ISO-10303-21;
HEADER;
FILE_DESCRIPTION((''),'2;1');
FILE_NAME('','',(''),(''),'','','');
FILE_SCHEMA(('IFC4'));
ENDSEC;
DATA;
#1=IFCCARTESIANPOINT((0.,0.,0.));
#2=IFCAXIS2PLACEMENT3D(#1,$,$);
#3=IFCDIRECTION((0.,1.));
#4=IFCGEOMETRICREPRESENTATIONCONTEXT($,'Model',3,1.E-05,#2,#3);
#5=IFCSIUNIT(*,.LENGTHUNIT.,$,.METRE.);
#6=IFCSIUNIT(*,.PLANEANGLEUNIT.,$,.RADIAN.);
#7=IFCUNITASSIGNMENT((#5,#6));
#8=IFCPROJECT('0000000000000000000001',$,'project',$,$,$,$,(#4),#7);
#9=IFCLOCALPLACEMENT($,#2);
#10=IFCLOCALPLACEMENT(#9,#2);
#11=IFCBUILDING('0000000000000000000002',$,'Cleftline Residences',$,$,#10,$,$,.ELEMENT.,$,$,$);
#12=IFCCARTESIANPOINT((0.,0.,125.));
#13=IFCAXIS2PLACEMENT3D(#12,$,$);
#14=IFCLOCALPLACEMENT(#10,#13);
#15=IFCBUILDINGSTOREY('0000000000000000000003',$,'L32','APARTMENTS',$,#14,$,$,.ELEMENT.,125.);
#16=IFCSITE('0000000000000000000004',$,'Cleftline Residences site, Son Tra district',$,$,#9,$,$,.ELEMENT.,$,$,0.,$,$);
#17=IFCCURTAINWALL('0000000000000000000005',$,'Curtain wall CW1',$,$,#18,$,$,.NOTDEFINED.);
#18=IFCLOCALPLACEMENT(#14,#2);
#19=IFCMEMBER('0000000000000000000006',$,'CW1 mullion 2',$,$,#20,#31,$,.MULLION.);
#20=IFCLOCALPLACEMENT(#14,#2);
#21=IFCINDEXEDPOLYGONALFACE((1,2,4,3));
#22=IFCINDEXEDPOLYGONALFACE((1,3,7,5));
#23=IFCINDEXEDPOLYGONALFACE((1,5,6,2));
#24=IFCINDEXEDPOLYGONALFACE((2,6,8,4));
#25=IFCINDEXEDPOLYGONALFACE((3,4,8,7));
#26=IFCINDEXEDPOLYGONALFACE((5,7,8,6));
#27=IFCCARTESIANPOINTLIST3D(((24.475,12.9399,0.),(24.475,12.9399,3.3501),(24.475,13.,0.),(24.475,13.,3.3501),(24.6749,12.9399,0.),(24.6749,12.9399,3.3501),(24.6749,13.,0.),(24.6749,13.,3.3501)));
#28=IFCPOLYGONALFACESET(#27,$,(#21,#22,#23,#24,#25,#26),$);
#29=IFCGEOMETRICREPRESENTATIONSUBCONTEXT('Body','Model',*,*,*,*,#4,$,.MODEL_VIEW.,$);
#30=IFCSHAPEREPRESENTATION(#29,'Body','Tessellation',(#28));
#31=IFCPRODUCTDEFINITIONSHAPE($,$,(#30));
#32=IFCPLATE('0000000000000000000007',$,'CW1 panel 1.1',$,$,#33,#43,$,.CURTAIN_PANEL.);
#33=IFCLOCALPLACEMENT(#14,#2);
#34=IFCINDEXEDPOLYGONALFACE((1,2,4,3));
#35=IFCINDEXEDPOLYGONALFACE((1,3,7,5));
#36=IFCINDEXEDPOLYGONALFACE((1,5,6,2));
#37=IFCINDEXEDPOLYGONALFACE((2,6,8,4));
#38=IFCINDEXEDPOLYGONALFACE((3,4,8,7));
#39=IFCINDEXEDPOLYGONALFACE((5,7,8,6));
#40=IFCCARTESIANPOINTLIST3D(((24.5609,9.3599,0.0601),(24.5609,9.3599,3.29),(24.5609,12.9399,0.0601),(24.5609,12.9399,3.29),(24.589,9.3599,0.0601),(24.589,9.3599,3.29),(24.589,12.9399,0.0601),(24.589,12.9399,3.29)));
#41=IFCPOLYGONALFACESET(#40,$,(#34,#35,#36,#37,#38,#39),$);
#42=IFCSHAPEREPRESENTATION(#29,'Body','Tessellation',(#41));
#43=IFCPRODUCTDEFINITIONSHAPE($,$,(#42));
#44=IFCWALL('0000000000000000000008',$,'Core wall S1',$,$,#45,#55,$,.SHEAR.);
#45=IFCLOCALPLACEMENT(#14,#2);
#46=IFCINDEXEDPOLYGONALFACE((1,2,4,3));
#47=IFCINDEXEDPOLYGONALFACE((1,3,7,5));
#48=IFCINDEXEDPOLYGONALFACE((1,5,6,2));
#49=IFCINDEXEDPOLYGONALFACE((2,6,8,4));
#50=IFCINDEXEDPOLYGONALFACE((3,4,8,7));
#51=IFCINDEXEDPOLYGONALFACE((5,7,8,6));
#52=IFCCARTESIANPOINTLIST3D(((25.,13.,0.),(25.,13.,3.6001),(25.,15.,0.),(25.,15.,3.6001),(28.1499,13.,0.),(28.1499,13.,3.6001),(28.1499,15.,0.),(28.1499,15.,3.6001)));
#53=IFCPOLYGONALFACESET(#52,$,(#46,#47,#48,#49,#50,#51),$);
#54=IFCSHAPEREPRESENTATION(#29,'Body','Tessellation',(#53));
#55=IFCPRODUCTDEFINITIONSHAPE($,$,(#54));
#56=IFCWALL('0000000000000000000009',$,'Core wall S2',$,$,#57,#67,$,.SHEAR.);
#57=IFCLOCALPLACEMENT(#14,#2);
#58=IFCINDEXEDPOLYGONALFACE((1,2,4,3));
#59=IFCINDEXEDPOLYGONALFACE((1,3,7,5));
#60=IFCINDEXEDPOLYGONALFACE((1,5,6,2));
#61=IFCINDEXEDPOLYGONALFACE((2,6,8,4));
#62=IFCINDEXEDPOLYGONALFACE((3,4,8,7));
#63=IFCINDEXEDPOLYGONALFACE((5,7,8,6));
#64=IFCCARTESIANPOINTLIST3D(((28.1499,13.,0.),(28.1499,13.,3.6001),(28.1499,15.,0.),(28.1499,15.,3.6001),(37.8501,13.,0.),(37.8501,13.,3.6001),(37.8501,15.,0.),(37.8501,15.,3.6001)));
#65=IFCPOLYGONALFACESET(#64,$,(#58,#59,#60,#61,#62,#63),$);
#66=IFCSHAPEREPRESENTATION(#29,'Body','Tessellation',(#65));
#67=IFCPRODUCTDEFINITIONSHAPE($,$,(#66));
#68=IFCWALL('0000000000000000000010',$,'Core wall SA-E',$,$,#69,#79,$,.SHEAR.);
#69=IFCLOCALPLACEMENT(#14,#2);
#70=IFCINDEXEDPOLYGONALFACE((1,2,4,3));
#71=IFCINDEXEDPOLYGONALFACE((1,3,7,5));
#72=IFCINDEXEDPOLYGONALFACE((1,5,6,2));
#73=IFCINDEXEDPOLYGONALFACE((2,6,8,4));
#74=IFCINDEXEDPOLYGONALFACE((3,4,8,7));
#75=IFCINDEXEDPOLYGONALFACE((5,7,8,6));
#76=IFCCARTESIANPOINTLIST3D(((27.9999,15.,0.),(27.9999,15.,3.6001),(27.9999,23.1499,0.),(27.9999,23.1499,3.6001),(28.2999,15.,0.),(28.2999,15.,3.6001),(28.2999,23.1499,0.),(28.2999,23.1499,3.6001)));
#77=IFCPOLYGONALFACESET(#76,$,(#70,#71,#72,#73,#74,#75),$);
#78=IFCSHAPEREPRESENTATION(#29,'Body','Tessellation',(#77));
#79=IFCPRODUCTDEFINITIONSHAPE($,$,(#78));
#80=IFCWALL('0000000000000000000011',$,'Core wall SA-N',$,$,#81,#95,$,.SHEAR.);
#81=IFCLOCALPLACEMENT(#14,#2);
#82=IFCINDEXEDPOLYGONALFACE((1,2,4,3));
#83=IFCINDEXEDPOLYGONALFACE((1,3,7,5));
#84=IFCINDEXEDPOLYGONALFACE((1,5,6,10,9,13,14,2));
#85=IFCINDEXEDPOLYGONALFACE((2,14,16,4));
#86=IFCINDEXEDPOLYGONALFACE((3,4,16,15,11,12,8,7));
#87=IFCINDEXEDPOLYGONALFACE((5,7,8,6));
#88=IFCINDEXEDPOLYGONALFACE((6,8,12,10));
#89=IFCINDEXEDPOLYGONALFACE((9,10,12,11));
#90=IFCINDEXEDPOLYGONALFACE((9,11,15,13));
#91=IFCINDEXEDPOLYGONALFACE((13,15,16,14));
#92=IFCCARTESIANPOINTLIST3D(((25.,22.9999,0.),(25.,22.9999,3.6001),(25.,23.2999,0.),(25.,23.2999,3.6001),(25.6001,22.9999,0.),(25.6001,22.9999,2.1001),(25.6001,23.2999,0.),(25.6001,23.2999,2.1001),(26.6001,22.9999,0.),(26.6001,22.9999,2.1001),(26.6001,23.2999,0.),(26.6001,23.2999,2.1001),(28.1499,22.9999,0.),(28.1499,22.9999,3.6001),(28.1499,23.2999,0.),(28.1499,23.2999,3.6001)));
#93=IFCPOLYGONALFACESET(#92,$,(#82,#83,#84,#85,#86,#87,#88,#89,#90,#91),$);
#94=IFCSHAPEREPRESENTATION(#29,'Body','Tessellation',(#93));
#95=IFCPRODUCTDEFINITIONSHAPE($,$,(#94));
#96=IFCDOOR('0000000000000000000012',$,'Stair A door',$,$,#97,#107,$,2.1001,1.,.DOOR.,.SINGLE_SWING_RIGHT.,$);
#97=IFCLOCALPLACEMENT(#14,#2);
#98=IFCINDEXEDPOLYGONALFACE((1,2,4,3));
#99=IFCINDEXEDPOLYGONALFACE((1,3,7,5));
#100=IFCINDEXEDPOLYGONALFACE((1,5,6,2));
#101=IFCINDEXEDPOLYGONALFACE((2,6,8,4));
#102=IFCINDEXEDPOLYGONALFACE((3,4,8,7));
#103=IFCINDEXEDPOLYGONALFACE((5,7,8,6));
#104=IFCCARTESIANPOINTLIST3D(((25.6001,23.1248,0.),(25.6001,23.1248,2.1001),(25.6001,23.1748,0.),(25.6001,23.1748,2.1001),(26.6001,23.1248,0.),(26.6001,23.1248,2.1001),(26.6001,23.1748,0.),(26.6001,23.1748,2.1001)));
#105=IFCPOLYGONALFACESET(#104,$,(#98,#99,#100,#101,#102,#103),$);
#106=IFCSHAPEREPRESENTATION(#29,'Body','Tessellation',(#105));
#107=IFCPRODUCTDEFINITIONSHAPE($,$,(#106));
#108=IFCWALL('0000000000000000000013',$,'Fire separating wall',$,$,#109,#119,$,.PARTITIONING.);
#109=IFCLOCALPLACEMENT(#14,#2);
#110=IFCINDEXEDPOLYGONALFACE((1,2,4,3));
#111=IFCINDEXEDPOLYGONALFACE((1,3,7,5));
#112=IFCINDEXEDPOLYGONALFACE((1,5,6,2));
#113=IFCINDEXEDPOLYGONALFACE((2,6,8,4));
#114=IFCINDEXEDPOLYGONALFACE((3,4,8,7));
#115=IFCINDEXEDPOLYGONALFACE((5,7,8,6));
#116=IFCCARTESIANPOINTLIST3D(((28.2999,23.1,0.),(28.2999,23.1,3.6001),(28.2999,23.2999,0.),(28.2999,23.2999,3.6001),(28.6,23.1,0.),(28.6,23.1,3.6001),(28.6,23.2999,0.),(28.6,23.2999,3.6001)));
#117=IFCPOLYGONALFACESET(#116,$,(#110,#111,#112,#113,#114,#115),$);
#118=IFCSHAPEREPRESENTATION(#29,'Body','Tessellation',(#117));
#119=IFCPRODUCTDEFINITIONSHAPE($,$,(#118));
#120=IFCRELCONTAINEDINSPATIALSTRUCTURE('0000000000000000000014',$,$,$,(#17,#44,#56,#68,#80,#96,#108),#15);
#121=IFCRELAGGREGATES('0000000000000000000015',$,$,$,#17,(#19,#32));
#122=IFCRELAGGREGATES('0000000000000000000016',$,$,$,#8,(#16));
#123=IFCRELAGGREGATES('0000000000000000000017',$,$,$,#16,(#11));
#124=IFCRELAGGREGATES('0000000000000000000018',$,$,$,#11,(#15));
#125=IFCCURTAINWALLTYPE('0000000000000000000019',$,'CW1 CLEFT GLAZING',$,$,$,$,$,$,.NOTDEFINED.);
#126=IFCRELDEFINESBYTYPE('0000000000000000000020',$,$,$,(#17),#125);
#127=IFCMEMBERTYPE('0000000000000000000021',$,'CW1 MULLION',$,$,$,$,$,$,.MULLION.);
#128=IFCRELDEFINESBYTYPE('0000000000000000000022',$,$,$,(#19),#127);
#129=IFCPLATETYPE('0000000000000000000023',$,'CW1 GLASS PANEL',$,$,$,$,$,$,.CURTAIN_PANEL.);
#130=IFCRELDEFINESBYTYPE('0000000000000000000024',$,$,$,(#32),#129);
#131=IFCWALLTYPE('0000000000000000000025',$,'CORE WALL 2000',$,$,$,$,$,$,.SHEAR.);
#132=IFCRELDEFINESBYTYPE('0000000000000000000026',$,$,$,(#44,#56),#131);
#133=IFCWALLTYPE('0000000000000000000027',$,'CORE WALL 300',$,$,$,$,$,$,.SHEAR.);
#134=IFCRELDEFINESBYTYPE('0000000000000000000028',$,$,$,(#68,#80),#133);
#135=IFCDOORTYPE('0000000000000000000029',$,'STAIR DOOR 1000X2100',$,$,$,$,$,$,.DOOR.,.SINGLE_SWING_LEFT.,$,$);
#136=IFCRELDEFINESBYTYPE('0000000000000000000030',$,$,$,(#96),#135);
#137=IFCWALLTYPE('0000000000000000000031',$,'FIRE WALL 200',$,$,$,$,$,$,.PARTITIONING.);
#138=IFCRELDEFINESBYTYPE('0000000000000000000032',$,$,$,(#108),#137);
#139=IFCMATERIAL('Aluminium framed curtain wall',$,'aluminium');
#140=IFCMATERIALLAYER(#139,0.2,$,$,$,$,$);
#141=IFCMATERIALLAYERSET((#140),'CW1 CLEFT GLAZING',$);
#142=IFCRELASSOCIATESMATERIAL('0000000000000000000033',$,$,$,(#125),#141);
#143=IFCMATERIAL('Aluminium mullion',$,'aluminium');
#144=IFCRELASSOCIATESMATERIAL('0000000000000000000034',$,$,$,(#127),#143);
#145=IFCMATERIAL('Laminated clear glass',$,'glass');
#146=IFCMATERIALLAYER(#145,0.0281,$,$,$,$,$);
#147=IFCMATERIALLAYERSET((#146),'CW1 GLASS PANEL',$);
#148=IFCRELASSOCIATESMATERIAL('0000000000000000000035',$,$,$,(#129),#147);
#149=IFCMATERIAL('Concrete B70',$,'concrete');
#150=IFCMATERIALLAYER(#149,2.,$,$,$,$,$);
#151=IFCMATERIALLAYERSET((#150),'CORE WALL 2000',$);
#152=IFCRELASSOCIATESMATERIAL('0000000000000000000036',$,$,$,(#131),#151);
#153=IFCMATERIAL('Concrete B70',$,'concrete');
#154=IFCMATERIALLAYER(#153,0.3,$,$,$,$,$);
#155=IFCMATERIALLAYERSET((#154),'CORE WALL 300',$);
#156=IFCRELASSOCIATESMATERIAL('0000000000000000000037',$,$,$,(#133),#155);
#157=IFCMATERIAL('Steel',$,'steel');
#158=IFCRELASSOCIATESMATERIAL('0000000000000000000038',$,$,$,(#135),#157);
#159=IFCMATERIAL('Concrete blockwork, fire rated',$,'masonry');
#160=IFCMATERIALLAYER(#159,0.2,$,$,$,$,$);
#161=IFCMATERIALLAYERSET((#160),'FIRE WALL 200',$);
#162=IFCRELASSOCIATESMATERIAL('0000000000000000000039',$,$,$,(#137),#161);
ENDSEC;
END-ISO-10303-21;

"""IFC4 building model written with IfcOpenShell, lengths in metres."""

from ifc_helpers import new_model, si_unit, direction, frame, frame_2d, origin, origin_2d, place, context, subcontext, project, spatial, rectangle, extrude, material, layer, layer_set, material_profile, profile_set, type_object, element, fill, aggregate, save


model = new_model("IFC4")

# Units and contexts
model_context = context("Model", 3, precision=1e-05, world=origin(), true_north=direction((0.0, 1.0)))
body_context = subcontext(model_context, "Body", "Model", "MODEL_VIEW")
ifc_project = project(units=[si_unit("LENGTHUNIT", "METRE"), si_unit("PLANEANGLEUNIT", "RADIAN")], contexts=[model_context])

# Site, building, storey
site_placement = place(None, origin())
site = spatial("IfcSite", under=ifc_project, at=site_placement, Name="Cleftline Residences site, Son Tra district", CompositionType="ELEMENT", RefElevation=0.0)
building_placement = place(site_placement, origin())
building = spatial("IfcBuilding", under=site, at=building_placement, Name="Cleftline Residences", CompositionType="ELEMENT")
storey_placement = place(building_placement, frame((0.0, 0.0, 125.0)))
storey = spatial("IfcBuildingStorey", under=building, at=storey_placement, Name="L32", Description="APARTMENTS", CompositionType="ELEMENT", Elevation=125.0)

# Curtain wall, member, plate
ifc_material_1 = material(Name="Aluminium framed curtain wall", Category="aluminium")
ifc_layer_1 = layer(ifc_material_1, 0.2)
ifc_layer_set_1 = layer_set([ifc_layer_1], Name="CW1 CLEFT GLAZING")
curtain_wall_type = type_object("IfcCurtainWallType", Name="CW1 CLEFT GLAZING", PredefinedType="NOTDEFINED", material=ifc_layer_set_1)
curtain_wall_placement = place(storey_placement, origin())
curtain_wall = element("IfcCurtainWall", 1, at=curtain_wall_placement, inside=storey, type_object=curtain_wall_type, Name="Curtain wall CW1", PredefinedType="NOTDEFINED")
ifc_material_2 = material(Name="Aluminium mullion", Category="aluminium")
ifc_material_profile = material_profile(ifc_material_2, rectangle(XDim=0.2, YDim=0.0601, at=origin_2d()))
ifc_profile_set = profile_set([ifc_material_profile], Name="Aluminium mullion")
member_type = type_object("IfcMemberType", Name="CW1 MULLION", PredefinedType="MULLION", material=ifc_profile_set)
member_placement = place(storey_placement, frame((24.575, 12.97, 0.0), z_axis=(0.0, 0.0, 1.0), x_axis=(-1.0, 0.0, 0.0)))
member = element("IfcMember", 2, at=member_placement, type_object=member_type, Name="CW1 mullion 2", PredefinedType="MULLION", context=body_context, shape_type="SweptSolid", body=[
    extrude(rectangle(XDim=0.2, YDim=0.0601, at=origin_2d()), origin(), (0.0, 0.0, 1.0), 3.3501),
])
ifc_material_3 = material(Name="Laminated clear glass", Category="glass")
ifc_layer_2 = layer(ifc_material_3, 0.0281)
ifc_layer_set_2 = layer_set([ifc_layer_2], Name="CW1 GLASS PANEL")
plate_type = type_object("IfcPlateType", Name="CW1 GLASS PANEL", PredefinedType="CURTAIN_PANEL", material=ifc_layer_set_2)
plate_placement = place(storey_placement, frame((24.575, 11.1499, 0.0601), z_axis=(0.0, 0.0, 1.0), x_axis=(0.0, 1.0, 0.0)))
plate = element("IfcPlate", 3, at=plate_placement, type_object=plate_type, Name="CW1 panel 1.1", PredefinedType="CURTAIN_PANEL", context=body_context, shape_type="SweptSolid", body=[
    extrude(rectangle(XDim=3.5801, YDim=0.0281, at=origin_2d()), origin(), (0.0, 0.0, 1.0), 3.23),
])
aggregate(curtain_wall, [member, plate])

# Walls
ifc_material_4 = material(Name="Concrete B70", Category="concrete")
ifc_layer_3 = layer(ifc_material_4, 2.0)
ifc_layer_set_3 = layer_set([ifc_layer_3], Name="CORE WALL 2000")
wall_type_1 = type_object("IfcWallType", Name="CORE WALL 2000", PredefinedType="SHEAR", material=ifc_layer_set_3)
wall_1_placement = place(storey_placement, frame((25.0, 14.0, 0.0), z_axis=(0.0, 0.0, 1.0), x_axis=(1.0, 0.0, 0.0)))
element("IfcWall", 4, at=wall_1_placement, inside=storey, type_object=wall_type_1, Name="Core wall S1", PredefinedType="SHEAR", context=body_context, shape_type="SweptSolid", body=[
    extrude(rectangle(XDim=3.1499, YDim=2.0, at=frame_2d((1.575, 0.0))), origin(), (0.0, 0.0, 1.0), 3.6001),
])
wall_2_placement = place(storey_placement, frame((28.1499, 14.0, 0.0), z_axis=(0.0, 0.0, 1.0), x_axis=(1.0, 0.0, 0.0)))
element("IfcWall", 5, at=wall_2_placement, inside=storey, type_object=wall_type_1, Name="Core wall S2", PredefinedType="SHEAR", context=body_context, shape_type="SweptSolid", body=[
    extrude(rectangle(XDim=9.7002, YDim=2.0, at=frame_2d((4.8501, 0.0))), origin(), (0.0, 0.0, 1.0), 3.6001),
])
ifc_material_5 = material(Name="Concrete B70", Category="concrete")
ifc_layer_4 = layer(ifc_material_5, 0.3)
ifc_layer_set_4 = layer_set([ifc_layer_4], Name="CORE WALL 300")
wall_type_2 = type_object("IfcWallType", Name="CORE WALL 300", PredefinedType="SHEAR", material=ifc_layer_set_4)
wall_3_placement = place(storey_placement, frame((28.1499, 15.0, 0.0), z_axis=(0.0, 0.0, 1.0), x_axis=(0.0, 1.0, 0.0)))
element("IfcWall", 6, at=wall_3_placement, inside=storey, type_object=wall_type_2, Name="Core wall SA-E", PredefinedType="SHEAR", context=body_context, shape_type="SweptSolid", body=[
    extrude(rectangle(XDim=8.1499, YDim=0.3, at=frame_2d((4.075, 0.0))), origin(), (0.0, 0.0, 1.0), 3.6001),
])

# Wall, opening, door
wall_4_placement = place(storey_placement, frame((25.0, 23.1499, 0.0), z_axis=(0.0, 0.0, 1.0), x_axis=(1.0, 0.0, 0.0)))
wall_4 = element("IfcWall", 7, at=wall_4_placement, inside=storey, type_object=wall_type_2, Name="Core wall SA-N", PredefinedType="SHEAR", context=body_context, shape_type="SweptSolid", body=[
    extrude(rectangle(XDim=3.1499, YDim=0.3, at=frame_2d((1.575, 0.0))), origin(), (0.0, 0.0, 1.0), 3.6001),
])
opening_1_placement = place(wall_4_placement, frame((0.6001, 0.0, 0.0)))
opening_1 = element("IfcOpeningElement", 8, at=opening_1_placement, cuts=wall_4, PredefinedType="OPENING", context=body_context, shape_type="SweptSolid", body=[
    extrude(rectangle(XDim=1.0, YDim=2.1001, at=frame_2d((0.5, 1.05))), frame((0.0, 0.1599, 0.0), z_axis=(0.0, -1.0, 0.0), x_axis=(1.0, 0.0, 0.0)), (0.0, 0.0, 1.0), 0.3201),
])
ifc_material_6 = material(Name="Steel", Category="steel")
door_type_1 = type_object("IfcDoorType", Name="STAIR DOOR 1000X2100", OperationType="SINGLE_SWING_LEFT", PredefinedType="DOOR", material=ifc_material_6)
door_1_placement = place(opening_1_placement, origin())
door_1 = element("IfcDoor", 9, at=door_1_placement, inside=storey, type_object=door_type_1, Name="Stair A door", OperationType="SINGLE_SWING_RIGHT", OverallHeight=2.1001, OverallWidth=1.0, PredefinedType="DOOR", context=body_context, shape_type="SweptSolid", body=[
    extrude(rectangle(XDim=1.0, YDim=2.1001, at=frame_2d((0.5, 1.05))), frame((0.0, 0.0249, 0.0), z_axis=(0.0, -1.0, 0.0), x_axis=(1.0, 0.0, 0.0)), (0.0, 0.0, 1.0), 0.05),
])
fill(opening_1, door_1)

# Wall
ifc_material_7 = material(Name="Concrete blockwork, fire rated", Category="masonry")
ifc_layer_5 = layer(ifc_material_7, 0.2)
ifc_layer_set_5 = layer_set([ifc_layer_5], Name="FIRE WALL 200")
wall_type_3 = type_object("IfcWallType", Name="FIRE WALL 200", PredefinedType="PARTITIONING", material=ifc_layer_set_5)
wall_5_placement = place(storey_placement, frame((28.3, 23.2, 0.0), z_axis=(0.0, 0.0, 1.0), x_axis=(1.0, 0.0, 0.0)))
element("IfcWall", 10, at=wall_5_placement, inside=storey, type_object=wall_type_3, Name="Fire separating wall", PredefinedType="PARTITIONING", context=body_context, shape_type="SweptSolid", body=[
    extrude(rectangle(XDim=0.3, YDim=0.2, at=frame_2d((0.1499, 0.0))), origin(), (0.0, 0.0, 1.0), 3.6001),
])

save(model, "model.ifc")
